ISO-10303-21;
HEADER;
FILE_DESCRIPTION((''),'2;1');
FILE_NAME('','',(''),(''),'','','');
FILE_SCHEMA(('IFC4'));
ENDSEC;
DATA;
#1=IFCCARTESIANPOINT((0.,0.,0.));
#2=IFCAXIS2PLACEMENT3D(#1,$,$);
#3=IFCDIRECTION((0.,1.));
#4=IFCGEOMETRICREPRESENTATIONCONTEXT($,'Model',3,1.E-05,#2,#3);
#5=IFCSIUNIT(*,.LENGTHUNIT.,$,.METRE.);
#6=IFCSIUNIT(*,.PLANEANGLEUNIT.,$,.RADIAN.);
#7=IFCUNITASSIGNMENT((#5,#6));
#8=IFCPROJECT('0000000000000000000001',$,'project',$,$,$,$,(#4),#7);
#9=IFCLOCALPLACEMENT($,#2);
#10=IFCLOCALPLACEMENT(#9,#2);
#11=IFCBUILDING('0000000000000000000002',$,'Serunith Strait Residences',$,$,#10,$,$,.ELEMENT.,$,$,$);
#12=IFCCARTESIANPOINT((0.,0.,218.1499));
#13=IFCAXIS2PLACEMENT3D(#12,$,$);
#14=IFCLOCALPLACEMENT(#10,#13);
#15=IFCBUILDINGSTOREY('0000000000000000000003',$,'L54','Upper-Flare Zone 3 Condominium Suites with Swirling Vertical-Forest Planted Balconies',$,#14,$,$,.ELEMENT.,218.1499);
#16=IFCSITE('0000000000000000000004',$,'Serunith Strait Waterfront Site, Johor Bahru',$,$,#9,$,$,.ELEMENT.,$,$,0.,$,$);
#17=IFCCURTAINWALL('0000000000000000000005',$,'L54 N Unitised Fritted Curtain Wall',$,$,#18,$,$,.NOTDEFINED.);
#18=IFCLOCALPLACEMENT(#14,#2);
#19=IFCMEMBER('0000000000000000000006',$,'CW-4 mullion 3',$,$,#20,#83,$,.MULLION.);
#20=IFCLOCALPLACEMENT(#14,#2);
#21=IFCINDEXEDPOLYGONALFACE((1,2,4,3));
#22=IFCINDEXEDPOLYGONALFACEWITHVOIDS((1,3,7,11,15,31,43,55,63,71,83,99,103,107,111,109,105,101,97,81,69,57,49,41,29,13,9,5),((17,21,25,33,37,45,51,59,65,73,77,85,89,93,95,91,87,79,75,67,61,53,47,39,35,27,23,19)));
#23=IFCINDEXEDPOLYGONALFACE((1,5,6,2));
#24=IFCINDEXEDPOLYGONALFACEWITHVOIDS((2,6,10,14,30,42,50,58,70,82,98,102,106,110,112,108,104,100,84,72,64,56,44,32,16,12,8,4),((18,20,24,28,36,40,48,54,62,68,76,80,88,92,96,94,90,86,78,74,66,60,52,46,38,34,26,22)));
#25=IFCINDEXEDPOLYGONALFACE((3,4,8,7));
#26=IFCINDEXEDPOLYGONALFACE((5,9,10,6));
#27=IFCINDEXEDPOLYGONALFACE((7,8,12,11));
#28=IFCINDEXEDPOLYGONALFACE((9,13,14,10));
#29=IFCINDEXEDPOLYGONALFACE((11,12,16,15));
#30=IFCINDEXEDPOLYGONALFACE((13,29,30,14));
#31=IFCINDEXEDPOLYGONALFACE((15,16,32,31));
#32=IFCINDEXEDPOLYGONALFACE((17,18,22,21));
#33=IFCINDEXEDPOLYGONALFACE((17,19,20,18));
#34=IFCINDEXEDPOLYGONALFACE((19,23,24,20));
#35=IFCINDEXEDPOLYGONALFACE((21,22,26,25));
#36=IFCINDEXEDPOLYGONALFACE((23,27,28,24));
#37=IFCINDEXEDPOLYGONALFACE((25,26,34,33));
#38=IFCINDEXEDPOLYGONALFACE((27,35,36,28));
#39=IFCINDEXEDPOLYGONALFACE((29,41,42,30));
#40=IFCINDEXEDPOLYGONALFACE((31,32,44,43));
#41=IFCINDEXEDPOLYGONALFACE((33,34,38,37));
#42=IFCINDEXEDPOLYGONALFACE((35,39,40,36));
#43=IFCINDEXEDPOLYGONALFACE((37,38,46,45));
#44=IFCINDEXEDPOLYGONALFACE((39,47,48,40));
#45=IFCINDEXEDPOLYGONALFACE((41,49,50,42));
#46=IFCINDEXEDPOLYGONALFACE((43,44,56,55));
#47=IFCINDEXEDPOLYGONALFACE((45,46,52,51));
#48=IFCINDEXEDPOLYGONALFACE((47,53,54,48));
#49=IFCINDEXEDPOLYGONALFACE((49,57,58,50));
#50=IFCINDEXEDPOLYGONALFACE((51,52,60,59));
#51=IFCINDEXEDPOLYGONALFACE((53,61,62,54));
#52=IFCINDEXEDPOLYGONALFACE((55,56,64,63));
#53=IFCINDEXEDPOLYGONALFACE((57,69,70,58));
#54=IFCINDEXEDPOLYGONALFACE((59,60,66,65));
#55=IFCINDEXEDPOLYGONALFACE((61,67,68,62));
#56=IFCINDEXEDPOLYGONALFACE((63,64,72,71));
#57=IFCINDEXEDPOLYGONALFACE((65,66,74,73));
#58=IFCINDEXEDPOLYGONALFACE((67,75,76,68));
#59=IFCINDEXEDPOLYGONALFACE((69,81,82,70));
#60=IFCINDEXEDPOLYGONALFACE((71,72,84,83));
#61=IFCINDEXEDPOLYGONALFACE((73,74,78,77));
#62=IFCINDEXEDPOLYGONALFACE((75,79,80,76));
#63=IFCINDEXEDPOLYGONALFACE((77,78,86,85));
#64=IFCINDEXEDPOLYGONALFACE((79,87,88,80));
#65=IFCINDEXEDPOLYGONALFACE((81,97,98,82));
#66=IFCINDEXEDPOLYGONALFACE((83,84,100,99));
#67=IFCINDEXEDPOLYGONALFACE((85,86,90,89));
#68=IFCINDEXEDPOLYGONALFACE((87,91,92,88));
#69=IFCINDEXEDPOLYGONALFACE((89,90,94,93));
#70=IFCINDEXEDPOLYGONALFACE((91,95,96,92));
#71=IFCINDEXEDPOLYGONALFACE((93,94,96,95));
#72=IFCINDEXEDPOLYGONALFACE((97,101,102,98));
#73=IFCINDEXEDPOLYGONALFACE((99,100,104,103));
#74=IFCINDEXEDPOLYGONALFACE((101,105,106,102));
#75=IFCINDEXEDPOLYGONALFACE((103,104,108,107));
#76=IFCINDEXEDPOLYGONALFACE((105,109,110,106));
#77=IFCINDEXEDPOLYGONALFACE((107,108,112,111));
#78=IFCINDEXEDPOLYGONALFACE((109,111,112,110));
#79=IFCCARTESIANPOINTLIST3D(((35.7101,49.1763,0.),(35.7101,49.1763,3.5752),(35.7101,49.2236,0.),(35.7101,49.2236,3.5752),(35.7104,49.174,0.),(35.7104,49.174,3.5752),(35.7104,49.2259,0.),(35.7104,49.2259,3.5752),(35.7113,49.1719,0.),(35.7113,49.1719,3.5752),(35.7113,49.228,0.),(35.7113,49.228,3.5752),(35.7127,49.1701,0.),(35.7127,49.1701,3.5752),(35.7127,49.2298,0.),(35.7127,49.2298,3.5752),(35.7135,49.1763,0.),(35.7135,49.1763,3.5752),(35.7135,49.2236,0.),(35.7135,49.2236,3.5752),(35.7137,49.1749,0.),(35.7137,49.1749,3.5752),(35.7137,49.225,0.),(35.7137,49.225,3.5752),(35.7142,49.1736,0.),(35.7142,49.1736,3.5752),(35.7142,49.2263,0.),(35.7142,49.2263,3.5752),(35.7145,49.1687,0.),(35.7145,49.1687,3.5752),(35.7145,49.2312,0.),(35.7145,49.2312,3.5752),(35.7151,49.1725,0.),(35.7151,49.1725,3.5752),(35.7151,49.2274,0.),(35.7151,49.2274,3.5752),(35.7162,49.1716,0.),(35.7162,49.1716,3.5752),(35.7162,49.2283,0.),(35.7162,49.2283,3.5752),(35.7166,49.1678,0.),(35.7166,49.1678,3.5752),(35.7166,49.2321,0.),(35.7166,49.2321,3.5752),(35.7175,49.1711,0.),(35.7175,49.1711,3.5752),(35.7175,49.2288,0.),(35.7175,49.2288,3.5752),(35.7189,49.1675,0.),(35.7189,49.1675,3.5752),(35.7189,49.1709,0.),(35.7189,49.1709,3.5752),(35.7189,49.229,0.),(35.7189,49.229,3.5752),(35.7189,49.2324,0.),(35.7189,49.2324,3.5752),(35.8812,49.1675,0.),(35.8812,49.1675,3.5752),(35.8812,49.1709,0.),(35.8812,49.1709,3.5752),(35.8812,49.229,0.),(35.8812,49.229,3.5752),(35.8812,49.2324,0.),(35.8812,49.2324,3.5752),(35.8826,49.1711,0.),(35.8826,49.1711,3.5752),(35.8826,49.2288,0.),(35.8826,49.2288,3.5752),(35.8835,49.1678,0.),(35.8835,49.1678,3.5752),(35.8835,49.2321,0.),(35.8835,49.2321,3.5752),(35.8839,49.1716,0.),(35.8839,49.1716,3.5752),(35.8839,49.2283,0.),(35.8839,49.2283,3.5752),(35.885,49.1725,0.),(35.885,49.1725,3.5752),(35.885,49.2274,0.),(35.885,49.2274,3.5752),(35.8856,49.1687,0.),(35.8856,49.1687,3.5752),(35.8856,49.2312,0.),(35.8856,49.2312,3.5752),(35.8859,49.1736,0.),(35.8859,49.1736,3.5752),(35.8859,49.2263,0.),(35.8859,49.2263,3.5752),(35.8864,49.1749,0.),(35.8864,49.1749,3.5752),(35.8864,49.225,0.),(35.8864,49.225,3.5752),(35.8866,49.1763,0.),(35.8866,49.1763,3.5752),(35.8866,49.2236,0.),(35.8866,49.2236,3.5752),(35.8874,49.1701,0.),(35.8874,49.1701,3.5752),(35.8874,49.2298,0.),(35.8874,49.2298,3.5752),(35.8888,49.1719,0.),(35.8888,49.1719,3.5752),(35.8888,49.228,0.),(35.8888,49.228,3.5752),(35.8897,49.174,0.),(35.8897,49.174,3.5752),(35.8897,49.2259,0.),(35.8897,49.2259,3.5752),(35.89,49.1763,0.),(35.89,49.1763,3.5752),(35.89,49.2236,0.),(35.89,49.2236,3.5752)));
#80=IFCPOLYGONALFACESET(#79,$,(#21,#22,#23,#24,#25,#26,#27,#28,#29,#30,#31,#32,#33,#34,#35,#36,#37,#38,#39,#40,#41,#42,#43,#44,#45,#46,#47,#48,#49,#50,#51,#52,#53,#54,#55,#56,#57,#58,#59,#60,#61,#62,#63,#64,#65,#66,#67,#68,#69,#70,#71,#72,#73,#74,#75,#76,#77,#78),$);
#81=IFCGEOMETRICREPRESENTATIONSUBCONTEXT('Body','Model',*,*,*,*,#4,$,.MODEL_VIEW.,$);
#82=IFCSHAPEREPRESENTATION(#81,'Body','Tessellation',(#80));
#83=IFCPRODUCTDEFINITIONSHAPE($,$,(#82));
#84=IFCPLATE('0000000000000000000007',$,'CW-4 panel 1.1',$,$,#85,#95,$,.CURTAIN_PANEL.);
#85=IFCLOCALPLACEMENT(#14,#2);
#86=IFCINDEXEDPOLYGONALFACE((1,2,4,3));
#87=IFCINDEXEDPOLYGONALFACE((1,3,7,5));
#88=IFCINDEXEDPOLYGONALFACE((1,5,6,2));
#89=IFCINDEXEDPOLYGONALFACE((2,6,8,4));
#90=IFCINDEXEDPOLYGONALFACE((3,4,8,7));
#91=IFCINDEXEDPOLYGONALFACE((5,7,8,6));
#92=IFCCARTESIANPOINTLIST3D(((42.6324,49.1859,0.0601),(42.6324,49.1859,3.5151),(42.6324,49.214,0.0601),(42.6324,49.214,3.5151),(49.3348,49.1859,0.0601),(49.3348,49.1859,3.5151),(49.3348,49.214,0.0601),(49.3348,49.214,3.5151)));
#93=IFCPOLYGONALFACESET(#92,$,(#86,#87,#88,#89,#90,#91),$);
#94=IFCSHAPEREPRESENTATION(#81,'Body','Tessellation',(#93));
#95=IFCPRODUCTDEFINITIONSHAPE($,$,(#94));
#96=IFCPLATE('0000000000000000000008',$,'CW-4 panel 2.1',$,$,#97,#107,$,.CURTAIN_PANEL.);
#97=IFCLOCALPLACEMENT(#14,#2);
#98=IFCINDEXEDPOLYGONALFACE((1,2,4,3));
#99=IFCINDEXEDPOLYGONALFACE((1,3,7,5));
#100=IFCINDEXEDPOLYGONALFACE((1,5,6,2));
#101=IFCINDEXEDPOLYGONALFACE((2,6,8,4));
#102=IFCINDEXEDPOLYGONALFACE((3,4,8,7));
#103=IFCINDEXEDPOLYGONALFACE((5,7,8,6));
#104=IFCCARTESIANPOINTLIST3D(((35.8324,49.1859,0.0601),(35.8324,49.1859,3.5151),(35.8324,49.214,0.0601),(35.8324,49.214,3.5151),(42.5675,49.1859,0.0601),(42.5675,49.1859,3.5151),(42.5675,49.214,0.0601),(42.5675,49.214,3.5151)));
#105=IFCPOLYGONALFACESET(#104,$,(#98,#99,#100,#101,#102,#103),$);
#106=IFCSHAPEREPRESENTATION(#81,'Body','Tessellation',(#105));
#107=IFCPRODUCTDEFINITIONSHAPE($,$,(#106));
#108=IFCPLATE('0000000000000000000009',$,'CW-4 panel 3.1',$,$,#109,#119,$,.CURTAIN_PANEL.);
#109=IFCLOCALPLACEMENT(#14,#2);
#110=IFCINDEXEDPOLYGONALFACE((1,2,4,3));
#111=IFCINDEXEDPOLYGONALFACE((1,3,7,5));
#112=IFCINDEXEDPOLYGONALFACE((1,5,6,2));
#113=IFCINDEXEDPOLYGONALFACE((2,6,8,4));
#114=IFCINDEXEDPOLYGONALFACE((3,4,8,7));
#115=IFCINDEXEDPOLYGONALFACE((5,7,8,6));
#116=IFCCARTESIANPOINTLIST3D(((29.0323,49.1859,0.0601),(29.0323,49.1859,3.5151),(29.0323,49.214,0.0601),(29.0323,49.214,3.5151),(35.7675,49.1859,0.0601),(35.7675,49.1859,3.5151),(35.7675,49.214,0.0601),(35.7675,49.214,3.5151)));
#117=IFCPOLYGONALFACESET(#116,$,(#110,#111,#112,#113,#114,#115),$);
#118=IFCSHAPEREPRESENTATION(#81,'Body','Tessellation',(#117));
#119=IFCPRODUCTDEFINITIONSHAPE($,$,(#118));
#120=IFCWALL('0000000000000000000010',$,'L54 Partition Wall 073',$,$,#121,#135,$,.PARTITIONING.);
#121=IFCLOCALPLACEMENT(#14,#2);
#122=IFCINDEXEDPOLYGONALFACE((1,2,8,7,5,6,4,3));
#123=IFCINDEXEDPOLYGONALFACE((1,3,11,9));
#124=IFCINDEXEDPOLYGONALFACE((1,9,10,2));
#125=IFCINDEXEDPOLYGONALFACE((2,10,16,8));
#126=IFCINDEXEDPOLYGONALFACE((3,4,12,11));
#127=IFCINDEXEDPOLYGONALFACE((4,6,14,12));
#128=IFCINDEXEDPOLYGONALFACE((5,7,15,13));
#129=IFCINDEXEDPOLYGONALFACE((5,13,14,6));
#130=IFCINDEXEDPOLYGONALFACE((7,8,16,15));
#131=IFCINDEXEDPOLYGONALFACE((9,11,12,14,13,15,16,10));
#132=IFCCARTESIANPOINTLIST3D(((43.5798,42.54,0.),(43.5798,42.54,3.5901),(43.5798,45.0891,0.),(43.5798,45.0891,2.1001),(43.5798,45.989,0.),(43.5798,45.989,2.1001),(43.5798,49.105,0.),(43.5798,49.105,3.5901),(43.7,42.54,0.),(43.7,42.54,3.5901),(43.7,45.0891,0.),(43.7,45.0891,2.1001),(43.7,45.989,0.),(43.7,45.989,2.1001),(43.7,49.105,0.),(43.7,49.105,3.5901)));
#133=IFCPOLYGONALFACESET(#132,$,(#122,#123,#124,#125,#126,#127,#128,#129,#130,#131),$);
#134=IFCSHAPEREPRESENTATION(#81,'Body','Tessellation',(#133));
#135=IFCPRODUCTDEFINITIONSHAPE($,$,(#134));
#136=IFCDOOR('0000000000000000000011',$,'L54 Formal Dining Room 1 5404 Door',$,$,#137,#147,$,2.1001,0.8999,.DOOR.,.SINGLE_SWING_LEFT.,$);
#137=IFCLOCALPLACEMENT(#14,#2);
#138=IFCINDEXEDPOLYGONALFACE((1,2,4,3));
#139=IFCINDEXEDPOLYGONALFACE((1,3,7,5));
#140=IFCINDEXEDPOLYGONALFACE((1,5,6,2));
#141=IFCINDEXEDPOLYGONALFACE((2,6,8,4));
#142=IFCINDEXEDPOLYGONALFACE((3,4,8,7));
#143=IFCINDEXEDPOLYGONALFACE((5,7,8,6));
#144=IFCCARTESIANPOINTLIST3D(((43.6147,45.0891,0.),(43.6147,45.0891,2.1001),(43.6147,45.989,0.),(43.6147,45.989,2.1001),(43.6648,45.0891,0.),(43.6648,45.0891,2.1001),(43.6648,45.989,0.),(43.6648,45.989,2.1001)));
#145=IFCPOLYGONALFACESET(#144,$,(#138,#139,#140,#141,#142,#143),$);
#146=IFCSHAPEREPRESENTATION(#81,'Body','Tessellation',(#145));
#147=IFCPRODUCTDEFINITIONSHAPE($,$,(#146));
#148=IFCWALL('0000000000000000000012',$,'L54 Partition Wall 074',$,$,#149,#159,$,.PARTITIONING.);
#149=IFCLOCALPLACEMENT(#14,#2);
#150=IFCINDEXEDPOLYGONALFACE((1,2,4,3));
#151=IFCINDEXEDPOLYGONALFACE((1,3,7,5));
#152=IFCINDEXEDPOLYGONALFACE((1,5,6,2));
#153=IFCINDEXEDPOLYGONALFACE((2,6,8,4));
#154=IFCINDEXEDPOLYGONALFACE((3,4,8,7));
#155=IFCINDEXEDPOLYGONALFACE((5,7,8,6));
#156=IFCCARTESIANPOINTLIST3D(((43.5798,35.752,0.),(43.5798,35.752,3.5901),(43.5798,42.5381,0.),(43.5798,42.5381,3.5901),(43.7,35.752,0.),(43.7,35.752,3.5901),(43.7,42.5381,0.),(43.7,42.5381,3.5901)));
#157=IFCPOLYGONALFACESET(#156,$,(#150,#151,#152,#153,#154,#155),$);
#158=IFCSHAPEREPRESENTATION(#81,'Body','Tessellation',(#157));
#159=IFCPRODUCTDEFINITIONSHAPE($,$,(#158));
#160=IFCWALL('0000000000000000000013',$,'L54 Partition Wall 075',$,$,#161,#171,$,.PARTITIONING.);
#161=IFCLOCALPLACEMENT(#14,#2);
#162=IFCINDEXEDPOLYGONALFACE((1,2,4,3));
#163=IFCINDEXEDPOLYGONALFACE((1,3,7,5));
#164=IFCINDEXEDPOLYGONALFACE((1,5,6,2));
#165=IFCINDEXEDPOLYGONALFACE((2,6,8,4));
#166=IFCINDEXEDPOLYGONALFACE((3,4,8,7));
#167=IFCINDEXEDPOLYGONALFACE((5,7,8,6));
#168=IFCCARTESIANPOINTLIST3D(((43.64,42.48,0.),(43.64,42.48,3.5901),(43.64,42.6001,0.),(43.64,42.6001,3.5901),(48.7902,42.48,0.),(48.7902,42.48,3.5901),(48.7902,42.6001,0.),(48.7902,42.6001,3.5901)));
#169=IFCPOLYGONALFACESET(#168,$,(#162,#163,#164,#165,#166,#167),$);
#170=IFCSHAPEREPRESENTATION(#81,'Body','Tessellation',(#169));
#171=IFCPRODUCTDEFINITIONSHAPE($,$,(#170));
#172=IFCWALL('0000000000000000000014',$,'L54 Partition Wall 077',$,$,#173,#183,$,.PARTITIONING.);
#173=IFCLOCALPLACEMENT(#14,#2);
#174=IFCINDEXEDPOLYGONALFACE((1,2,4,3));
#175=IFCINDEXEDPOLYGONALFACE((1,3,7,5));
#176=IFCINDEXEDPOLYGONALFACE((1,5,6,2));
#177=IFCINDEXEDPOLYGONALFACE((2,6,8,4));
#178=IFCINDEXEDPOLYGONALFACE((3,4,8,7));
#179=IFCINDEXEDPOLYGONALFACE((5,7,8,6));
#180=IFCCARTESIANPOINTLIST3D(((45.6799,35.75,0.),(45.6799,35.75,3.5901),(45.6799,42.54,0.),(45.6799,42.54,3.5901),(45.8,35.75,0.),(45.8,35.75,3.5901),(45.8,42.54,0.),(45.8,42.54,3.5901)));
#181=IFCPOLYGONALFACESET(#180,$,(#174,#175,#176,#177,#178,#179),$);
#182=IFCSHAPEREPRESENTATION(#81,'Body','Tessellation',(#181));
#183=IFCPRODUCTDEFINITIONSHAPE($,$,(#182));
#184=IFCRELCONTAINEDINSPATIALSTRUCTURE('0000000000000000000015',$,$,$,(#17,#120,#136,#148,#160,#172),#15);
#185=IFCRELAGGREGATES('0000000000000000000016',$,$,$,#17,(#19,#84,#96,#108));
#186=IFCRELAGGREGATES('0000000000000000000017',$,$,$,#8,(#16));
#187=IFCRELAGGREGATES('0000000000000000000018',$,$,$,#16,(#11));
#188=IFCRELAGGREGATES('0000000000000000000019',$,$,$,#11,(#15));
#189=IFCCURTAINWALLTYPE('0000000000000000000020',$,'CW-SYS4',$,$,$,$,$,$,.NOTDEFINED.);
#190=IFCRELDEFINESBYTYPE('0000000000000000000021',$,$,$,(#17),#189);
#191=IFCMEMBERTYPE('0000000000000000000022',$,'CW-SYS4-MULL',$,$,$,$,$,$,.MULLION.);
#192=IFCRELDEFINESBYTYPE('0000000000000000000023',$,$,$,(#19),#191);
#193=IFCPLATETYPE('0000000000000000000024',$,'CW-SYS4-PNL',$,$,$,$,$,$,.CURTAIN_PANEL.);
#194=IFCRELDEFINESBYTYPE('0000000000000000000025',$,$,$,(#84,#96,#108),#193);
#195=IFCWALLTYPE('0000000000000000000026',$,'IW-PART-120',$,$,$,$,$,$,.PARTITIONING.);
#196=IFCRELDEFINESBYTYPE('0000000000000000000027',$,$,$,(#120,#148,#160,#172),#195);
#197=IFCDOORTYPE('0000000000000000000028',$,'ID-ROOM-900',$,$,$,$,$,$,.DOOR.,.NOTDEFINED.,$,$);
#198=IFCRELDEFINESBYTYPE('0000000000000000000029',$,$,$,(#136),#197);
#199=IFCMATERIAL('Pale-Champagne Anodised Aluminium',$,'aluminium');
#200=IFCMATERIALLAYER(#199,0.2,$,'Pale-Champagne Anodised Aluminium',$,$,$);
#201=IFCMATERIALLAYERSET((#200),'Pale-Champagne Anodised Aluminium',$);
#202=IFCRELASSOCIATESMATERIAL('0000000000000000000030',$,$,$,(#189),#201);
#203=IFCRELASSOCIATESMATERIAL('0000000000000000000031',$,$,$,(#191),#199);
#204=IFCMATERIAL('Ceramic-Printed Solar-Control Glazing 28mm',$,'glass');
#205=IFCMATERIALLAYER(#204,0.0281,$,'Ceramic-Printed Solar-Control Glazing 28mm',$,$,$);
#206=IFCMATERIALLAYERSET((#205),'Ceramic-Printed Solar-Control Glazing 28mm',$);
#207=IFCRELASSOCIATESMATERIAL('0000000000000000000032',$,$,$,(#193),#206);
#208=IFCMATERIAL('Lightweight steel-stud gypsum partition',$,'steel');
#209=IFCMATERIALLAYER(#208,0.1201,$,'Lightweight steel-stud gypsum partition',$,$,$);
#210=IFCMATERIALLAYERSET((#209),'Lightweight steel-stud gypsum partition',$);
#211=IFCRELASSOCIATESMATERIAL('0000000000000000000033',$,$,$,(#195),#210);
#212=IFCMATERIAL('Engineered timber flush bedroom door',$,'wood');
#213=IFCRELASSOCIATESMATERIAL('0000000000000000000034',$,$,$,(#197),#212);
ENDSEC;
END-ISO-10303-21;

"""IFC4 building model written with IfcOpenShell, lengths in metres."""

from ifc_helpers import new_model, si_unit, direction, frame, frame_2d, origin, origin_2d, place, context, subcontext, project, spatial, rectangle, hollow_rectangle, extrude, source, transform, mapped, material, layer, layer_set, material_profile, profile_set, type_object, element, fill, aggregate, save


model = new_model("IFC4")

# Units and contexts
model_context = context("Model", 3, precision=1e-05, world=origin(), true_north=direction((0.0, 1.0)))
body_context = subcontext(model_context, "Body", "Model", "MODEL_VIEW")
ifc_project = project(units=[si_unit("LENGTHUNIT", "METRE"), si_unit("PLANEANGLEUNIT", "RADIAN")], contexts=[model_context])

# Site, building, storey
site_placement = place(None, origin())
site = spatial("IfcSite", under=ifc_project, at=site_placement, Name="Serunith Strait Waterfront Site, Johor Bahru", CompositionType="ELEMENT", RefElevation=0.0)
building_placement = place(site_placement, origin())
building = spatial("IfcBuilding", under=site, at=building_placement, Name="Serunith Strait Residences", CompositionType="ELEMENT")
storey_placement = place(building_placement, frame((0.0, 0.0, 218.1499)))
storey = spatial("IfcBuildingStorey", under=building, at=storey_placement, Name="L54", Description="Upper-Flare Zone 3 Condominium Suites with Swirling Vertical-Forest Planted Balconies", CompositionType="ELEMENT", Elevation=218.1499)

# Curtain wall, member, plates
ifc_material_1 = material(Name="Pale-Champagne Anodised Aluminium", Category="aluminium")
ifc_layer_1 = layer(ifc_material_1, 0.2, Name="Pale-Champagne Anodised Aluminium")
ifc_layer_set_1 = layer_set([ifc_layer_1], Name="Pale-Champagne Anodised Aluminium")
curtain_wall_type = type_object("IfcCurtainWallType", Name="CW-SYS4", PredefinedType="NOTDEFINED", material=ifc_layer_set_1)
curtain_wall_placement = place(storey_placement, origin())
curtain_wall = element("IfcCurtainWall", 1, at=curtain_wall_placement, inside=storey, type_object=curtain_wall_type, Name="L54 N Unitised Fritted Curtain Wall", PredefinedType="NOTDEFINED")
ifc_material_profile_1 = material_profile(ifc_material_1, hollow_rectangle(XDim=0.0649, YDim=0.1799, WallThickness=0.0034, InnerFilletRadius=0.0054, OuterFilletRadius=0.0088, at=origin_2d()), Name="ALU 180x65x3.5")
ifc_profile_set_1 = profile_set([ifc_material_profile_1], Name="Pale-Champagne Anodised Aluminium")
member_type_1 = type_object("IfcMemberType", Name="CW-SYS4-MULL", PredefinedType="MULLION", material=ifc_profile_set_1)
shared_shape_1 = source(origin(), body_context, "Body", "SweptSolid", [
    extrude(hollow_rectangle(XDim=0.0649, YDim=0.1799, WallThickness=0.0034, InnerFilletRadius=0.0054, OuterFilletRadius=0.0088, at=origin_2d()), origin(), (0.0, 0.0, 1.0), 3.5752),
])
member_1_placement = place(storey_placement, frame((35.8, 49.2, 0.0), z_axis=(0.0, 0.0, 1.0), x_axis=(0.0, -1.0, 0.0)))
member_1 = element("IfcMember", 2, at=member_1_placement, type_object=member_type_1, Name="CW-4 mullion 3", PredefinedType="MULLION", context=body_context, shape_type="MappedRepresentation", body=[
    mapped(shared_shape_1, transform((0.0, 0.0, 0.0), scale=1.0)),
])
ifc_material_2 = material(Name="Ceramic-Printed Solar-Control Glazing 28mm", Category="glass")
ifc_layer_2 = layer(ifc_material_2, 0.0281, Name="Ceramic-Printed Solar-Control Glazing 28mm")
ifc_layer_set_2 = layer_set([ifc_layer_2], Name="Ceramic-Printed Solar-Control Glazing 28mm")
plate_type = type_object("IfcPlateType", Name="CW-SYS4-PNL", PredefinedType="CURTAIN_PANEL", material=ifc_layer_set_2)
shared_shape_2 = source(origin(), body_context, "Body", "SweptSolid", [
    extrude(rectangle(XDim=6.7024, YDim=0.0281, at=origin_2d()), origin(), (0.0, 0.0, 1.0), 3.4551),
])
plate_1_placement = place(storey_placement, frame((45.9836, 49.2, 0.0601), z_axis=(0.0, 0.0, 1.0), x_axis=(-1.0, 0.0, 0.0)))
plate_1 = element("IfcPlate", 3, at=plate_1_placement, type_object=plate_type, Name="CW-4 panel 1.1", PredefinedType="CURTAIN_PANEL", context=body_context, shape_type="MappedRepresentation", body=[
    mapped(shared_shape_2, transform((0.0, 0.0, 0.0), scale=1.0)),
])
shared_shape_3 = source(origin(), body_context, "Body", "SweptSolid", [
    extrude(rectangle(XDim=6.7351, YDim=0.0281, at=origin_2d()), origin(), (0.0, 0.0, 1.0), 3.4551),
])
plate_2_placement = place(storey_placement, frame((39.2, 49.2, 0.0601), z_axis=(0.0, 0.0, 1.0), x_axis=(-1.0, 0.0, 0.0)))
plate_2 = element("IfcPlate", 4, at=plate_2_placement, type_object=plate_type, Name="CW-4 panel 2.1", PredefinedType="CURTAIN_PANEL", context=body_context, shape_type="MappedRepresentation", body=[
    mapped(shared_shape_3, transform((0.0, 0.0, 0.0), scale=1.0)),
])
plate_3_placement = place(storey_placement, frame((32.3999, 49.2, 0.0601), z_axis=(0.0, 0.0, 1.0), x_axis=(-1.0, 0.0, 0.0)))
plate_3 = element("IfcPlate", 5, at=plate_3_placement, type_object=plate_type, Name="CW-4 panel 3.1", PredefinedType="CURTAIN_PANEL", context=body_context, shape_type="MappedRepresentation", body=[
    mapped(shared_shape_3, transform((0.0, 0.0, 0.0), scale=1.0)),
])
aggregate(curtain_wall, [member_1, plate_1, plate_2, plate_3])

# Wall, opening, door
ifc_material_3 = material(Name="Lightweight steel-stud gypsum partition", Category="steel")
ifc_layer_3 = layer(ifc_material_3, 0.1201, Name="Lightweight steel-stud gypsum partition")
ifc_layer_set_3 = layer_set([ifc_layer_3], Name="Lightweight steel-stud gypsum partition")
wall_type = type_object("IfcWallType", Name="IW-PART-120", PredefinedType="PARTITIONING", material=ifc_layer_set_3)
wall_1_placement = place(storey_placement, frame((43.6399, 49.105, 0.0), z_axis=(0.0, 0.0, 1.0), x_axis=(0.0, -1.0, 0.0)))
wall_1 = element("IfcWall", 6, at=wall_1_placement, inside=storey, type_object=wall_type, Name="L54 Partition Wall 073", PredefinedType="PARTITIONING", context=body_context, shape_type="SweptSolid", body=[
    extrude(rectangle(XDim=6.5649, YDim=0.1201, at=frame_2d((3.2825, 0.0))), origin(), (0.0, 0.0, 1.0), 3.5901),
])
opening_1_placement = place(wall_1_placement, frame((3.116, 0.0, 0.0)))
opening_1 = element("IfcOpeningElement", 7, at=opening_1_placement, cuts=wall_1, PredefinedType="OPENING", context=body_context, shape_type="SweptSolid", body=[
    extrude(rectangle(XDim=0.8999, YDim=2.1001, at=frame_2d((0.45, 1.05))), frame((0.0, 0.0701, 0.0), z_axis=(0.0, -1.0, 0.0), x_axis=(1.0, 0.0, 0.0)), (0.0, 0.0, 1.0), 0.1401),
])
ifc_material_4 = material(Name="Engineered timber flush bedroom door", Category="wood")
door_type_1 = type_object("IfcDoorType", Name="ID-ROOM-900", OperationType="NOTDEFINED", PredefinedType="DOOR", material=ifc_material_4)
shared_shape_4 = source(origin(), body_context, "Body", "SweptSolid", [
    extrude(rectangle(XDim=0.8999, YDim=2.1001, at=frame_2d((0.45, 1.05))), frame((0.0, 0.0249, 0.0), z_axis=(0.0, -1.0, 0.0), x_axis=(1.0, 0.0, 0.0)), (0.0, 0.0, 1.0), 0.05),
])
door_1_placement = place(opening_1_placement, origin())
door_1 = element("IfcDoor", 8, at=door_1_placement, inside=storey, type_object=door_type_1, Name="L54 Formal Dining Room 1 5404 Door", OperationType="SINGLE_SWING_LEFT", OverallHeight=2.1001, OverallWidth=0.8999, PredefinedType="DOOR", context=body_context, shape_type="MappedRepresentation", body=[
    mapped(shared_shape_4, transform((0.0, 0.0, 0.0), scale=1.0)),
])
fill(opening_1, door_1)

# Walls
wall_2_placement = place(storey_placement, frame((43.6399, 42.5381, 0.0), z_axis=(0.0, 0.0, 1.0), x_axis=(0.0, -1.0, 0.0)))
element("IfcWall", 9, at=wall_2_placement, inside=storey, type_object=wall_type, Name="L54 Partition Wall 074", PredefinedType="PARTITIONING", context=body_context, shape_type="SweptSolid", body=[
    extrude(rectangle(XDim=6.7861, YDim=0.1201, at=frame_2d((3.3931, 0.0))), origin(), (0.0, 0.0, 1.0), 3.5901),
])
wall_3_placement = place(storey_placement, frame((43.6399, 42.54, 0.0), z_axis=(0.0, 0.0, 1.0), x_axis=(1.0, 0.0, 0.0)))
element("IfcWall", 10, at=wall_3_placement, inside=storey, type_object=wall_type, Name="L54 Partition Wall 075", PredefinedType="PARTITIONING", context=body_context, shape_type="SweptSolid", body=[
    extrude(rectangle(XDim=5.1501, YDim=0.1201, at=frame_2d((2.5752, 0.0))), origin(), (0.0, 0.0, 1.0), 3.5901),
])
wall_4_placement = place(storey_placement, frame((45.74, 42.54, 0.0), z_axis=(0.0, 0.0, 1.0), x_axis=(0.0, -1.0, 0.0)))
element("IfcWall", 11, at=wall_4_placement, inside=storey, type_object=wall_type, Name="L54 Partition Wall 077", PredefinedType="PARTITIONING", context=body_context, shape_type="SweptSolid", body=[
    extrude(rectangle(XDim=6.79, YDim=0.1201, at=frame_2d((3.395, 0.0))), origin(), (0.0, 0.0, 1.0), 3.5901),
])

save(model, "model.ifc")
